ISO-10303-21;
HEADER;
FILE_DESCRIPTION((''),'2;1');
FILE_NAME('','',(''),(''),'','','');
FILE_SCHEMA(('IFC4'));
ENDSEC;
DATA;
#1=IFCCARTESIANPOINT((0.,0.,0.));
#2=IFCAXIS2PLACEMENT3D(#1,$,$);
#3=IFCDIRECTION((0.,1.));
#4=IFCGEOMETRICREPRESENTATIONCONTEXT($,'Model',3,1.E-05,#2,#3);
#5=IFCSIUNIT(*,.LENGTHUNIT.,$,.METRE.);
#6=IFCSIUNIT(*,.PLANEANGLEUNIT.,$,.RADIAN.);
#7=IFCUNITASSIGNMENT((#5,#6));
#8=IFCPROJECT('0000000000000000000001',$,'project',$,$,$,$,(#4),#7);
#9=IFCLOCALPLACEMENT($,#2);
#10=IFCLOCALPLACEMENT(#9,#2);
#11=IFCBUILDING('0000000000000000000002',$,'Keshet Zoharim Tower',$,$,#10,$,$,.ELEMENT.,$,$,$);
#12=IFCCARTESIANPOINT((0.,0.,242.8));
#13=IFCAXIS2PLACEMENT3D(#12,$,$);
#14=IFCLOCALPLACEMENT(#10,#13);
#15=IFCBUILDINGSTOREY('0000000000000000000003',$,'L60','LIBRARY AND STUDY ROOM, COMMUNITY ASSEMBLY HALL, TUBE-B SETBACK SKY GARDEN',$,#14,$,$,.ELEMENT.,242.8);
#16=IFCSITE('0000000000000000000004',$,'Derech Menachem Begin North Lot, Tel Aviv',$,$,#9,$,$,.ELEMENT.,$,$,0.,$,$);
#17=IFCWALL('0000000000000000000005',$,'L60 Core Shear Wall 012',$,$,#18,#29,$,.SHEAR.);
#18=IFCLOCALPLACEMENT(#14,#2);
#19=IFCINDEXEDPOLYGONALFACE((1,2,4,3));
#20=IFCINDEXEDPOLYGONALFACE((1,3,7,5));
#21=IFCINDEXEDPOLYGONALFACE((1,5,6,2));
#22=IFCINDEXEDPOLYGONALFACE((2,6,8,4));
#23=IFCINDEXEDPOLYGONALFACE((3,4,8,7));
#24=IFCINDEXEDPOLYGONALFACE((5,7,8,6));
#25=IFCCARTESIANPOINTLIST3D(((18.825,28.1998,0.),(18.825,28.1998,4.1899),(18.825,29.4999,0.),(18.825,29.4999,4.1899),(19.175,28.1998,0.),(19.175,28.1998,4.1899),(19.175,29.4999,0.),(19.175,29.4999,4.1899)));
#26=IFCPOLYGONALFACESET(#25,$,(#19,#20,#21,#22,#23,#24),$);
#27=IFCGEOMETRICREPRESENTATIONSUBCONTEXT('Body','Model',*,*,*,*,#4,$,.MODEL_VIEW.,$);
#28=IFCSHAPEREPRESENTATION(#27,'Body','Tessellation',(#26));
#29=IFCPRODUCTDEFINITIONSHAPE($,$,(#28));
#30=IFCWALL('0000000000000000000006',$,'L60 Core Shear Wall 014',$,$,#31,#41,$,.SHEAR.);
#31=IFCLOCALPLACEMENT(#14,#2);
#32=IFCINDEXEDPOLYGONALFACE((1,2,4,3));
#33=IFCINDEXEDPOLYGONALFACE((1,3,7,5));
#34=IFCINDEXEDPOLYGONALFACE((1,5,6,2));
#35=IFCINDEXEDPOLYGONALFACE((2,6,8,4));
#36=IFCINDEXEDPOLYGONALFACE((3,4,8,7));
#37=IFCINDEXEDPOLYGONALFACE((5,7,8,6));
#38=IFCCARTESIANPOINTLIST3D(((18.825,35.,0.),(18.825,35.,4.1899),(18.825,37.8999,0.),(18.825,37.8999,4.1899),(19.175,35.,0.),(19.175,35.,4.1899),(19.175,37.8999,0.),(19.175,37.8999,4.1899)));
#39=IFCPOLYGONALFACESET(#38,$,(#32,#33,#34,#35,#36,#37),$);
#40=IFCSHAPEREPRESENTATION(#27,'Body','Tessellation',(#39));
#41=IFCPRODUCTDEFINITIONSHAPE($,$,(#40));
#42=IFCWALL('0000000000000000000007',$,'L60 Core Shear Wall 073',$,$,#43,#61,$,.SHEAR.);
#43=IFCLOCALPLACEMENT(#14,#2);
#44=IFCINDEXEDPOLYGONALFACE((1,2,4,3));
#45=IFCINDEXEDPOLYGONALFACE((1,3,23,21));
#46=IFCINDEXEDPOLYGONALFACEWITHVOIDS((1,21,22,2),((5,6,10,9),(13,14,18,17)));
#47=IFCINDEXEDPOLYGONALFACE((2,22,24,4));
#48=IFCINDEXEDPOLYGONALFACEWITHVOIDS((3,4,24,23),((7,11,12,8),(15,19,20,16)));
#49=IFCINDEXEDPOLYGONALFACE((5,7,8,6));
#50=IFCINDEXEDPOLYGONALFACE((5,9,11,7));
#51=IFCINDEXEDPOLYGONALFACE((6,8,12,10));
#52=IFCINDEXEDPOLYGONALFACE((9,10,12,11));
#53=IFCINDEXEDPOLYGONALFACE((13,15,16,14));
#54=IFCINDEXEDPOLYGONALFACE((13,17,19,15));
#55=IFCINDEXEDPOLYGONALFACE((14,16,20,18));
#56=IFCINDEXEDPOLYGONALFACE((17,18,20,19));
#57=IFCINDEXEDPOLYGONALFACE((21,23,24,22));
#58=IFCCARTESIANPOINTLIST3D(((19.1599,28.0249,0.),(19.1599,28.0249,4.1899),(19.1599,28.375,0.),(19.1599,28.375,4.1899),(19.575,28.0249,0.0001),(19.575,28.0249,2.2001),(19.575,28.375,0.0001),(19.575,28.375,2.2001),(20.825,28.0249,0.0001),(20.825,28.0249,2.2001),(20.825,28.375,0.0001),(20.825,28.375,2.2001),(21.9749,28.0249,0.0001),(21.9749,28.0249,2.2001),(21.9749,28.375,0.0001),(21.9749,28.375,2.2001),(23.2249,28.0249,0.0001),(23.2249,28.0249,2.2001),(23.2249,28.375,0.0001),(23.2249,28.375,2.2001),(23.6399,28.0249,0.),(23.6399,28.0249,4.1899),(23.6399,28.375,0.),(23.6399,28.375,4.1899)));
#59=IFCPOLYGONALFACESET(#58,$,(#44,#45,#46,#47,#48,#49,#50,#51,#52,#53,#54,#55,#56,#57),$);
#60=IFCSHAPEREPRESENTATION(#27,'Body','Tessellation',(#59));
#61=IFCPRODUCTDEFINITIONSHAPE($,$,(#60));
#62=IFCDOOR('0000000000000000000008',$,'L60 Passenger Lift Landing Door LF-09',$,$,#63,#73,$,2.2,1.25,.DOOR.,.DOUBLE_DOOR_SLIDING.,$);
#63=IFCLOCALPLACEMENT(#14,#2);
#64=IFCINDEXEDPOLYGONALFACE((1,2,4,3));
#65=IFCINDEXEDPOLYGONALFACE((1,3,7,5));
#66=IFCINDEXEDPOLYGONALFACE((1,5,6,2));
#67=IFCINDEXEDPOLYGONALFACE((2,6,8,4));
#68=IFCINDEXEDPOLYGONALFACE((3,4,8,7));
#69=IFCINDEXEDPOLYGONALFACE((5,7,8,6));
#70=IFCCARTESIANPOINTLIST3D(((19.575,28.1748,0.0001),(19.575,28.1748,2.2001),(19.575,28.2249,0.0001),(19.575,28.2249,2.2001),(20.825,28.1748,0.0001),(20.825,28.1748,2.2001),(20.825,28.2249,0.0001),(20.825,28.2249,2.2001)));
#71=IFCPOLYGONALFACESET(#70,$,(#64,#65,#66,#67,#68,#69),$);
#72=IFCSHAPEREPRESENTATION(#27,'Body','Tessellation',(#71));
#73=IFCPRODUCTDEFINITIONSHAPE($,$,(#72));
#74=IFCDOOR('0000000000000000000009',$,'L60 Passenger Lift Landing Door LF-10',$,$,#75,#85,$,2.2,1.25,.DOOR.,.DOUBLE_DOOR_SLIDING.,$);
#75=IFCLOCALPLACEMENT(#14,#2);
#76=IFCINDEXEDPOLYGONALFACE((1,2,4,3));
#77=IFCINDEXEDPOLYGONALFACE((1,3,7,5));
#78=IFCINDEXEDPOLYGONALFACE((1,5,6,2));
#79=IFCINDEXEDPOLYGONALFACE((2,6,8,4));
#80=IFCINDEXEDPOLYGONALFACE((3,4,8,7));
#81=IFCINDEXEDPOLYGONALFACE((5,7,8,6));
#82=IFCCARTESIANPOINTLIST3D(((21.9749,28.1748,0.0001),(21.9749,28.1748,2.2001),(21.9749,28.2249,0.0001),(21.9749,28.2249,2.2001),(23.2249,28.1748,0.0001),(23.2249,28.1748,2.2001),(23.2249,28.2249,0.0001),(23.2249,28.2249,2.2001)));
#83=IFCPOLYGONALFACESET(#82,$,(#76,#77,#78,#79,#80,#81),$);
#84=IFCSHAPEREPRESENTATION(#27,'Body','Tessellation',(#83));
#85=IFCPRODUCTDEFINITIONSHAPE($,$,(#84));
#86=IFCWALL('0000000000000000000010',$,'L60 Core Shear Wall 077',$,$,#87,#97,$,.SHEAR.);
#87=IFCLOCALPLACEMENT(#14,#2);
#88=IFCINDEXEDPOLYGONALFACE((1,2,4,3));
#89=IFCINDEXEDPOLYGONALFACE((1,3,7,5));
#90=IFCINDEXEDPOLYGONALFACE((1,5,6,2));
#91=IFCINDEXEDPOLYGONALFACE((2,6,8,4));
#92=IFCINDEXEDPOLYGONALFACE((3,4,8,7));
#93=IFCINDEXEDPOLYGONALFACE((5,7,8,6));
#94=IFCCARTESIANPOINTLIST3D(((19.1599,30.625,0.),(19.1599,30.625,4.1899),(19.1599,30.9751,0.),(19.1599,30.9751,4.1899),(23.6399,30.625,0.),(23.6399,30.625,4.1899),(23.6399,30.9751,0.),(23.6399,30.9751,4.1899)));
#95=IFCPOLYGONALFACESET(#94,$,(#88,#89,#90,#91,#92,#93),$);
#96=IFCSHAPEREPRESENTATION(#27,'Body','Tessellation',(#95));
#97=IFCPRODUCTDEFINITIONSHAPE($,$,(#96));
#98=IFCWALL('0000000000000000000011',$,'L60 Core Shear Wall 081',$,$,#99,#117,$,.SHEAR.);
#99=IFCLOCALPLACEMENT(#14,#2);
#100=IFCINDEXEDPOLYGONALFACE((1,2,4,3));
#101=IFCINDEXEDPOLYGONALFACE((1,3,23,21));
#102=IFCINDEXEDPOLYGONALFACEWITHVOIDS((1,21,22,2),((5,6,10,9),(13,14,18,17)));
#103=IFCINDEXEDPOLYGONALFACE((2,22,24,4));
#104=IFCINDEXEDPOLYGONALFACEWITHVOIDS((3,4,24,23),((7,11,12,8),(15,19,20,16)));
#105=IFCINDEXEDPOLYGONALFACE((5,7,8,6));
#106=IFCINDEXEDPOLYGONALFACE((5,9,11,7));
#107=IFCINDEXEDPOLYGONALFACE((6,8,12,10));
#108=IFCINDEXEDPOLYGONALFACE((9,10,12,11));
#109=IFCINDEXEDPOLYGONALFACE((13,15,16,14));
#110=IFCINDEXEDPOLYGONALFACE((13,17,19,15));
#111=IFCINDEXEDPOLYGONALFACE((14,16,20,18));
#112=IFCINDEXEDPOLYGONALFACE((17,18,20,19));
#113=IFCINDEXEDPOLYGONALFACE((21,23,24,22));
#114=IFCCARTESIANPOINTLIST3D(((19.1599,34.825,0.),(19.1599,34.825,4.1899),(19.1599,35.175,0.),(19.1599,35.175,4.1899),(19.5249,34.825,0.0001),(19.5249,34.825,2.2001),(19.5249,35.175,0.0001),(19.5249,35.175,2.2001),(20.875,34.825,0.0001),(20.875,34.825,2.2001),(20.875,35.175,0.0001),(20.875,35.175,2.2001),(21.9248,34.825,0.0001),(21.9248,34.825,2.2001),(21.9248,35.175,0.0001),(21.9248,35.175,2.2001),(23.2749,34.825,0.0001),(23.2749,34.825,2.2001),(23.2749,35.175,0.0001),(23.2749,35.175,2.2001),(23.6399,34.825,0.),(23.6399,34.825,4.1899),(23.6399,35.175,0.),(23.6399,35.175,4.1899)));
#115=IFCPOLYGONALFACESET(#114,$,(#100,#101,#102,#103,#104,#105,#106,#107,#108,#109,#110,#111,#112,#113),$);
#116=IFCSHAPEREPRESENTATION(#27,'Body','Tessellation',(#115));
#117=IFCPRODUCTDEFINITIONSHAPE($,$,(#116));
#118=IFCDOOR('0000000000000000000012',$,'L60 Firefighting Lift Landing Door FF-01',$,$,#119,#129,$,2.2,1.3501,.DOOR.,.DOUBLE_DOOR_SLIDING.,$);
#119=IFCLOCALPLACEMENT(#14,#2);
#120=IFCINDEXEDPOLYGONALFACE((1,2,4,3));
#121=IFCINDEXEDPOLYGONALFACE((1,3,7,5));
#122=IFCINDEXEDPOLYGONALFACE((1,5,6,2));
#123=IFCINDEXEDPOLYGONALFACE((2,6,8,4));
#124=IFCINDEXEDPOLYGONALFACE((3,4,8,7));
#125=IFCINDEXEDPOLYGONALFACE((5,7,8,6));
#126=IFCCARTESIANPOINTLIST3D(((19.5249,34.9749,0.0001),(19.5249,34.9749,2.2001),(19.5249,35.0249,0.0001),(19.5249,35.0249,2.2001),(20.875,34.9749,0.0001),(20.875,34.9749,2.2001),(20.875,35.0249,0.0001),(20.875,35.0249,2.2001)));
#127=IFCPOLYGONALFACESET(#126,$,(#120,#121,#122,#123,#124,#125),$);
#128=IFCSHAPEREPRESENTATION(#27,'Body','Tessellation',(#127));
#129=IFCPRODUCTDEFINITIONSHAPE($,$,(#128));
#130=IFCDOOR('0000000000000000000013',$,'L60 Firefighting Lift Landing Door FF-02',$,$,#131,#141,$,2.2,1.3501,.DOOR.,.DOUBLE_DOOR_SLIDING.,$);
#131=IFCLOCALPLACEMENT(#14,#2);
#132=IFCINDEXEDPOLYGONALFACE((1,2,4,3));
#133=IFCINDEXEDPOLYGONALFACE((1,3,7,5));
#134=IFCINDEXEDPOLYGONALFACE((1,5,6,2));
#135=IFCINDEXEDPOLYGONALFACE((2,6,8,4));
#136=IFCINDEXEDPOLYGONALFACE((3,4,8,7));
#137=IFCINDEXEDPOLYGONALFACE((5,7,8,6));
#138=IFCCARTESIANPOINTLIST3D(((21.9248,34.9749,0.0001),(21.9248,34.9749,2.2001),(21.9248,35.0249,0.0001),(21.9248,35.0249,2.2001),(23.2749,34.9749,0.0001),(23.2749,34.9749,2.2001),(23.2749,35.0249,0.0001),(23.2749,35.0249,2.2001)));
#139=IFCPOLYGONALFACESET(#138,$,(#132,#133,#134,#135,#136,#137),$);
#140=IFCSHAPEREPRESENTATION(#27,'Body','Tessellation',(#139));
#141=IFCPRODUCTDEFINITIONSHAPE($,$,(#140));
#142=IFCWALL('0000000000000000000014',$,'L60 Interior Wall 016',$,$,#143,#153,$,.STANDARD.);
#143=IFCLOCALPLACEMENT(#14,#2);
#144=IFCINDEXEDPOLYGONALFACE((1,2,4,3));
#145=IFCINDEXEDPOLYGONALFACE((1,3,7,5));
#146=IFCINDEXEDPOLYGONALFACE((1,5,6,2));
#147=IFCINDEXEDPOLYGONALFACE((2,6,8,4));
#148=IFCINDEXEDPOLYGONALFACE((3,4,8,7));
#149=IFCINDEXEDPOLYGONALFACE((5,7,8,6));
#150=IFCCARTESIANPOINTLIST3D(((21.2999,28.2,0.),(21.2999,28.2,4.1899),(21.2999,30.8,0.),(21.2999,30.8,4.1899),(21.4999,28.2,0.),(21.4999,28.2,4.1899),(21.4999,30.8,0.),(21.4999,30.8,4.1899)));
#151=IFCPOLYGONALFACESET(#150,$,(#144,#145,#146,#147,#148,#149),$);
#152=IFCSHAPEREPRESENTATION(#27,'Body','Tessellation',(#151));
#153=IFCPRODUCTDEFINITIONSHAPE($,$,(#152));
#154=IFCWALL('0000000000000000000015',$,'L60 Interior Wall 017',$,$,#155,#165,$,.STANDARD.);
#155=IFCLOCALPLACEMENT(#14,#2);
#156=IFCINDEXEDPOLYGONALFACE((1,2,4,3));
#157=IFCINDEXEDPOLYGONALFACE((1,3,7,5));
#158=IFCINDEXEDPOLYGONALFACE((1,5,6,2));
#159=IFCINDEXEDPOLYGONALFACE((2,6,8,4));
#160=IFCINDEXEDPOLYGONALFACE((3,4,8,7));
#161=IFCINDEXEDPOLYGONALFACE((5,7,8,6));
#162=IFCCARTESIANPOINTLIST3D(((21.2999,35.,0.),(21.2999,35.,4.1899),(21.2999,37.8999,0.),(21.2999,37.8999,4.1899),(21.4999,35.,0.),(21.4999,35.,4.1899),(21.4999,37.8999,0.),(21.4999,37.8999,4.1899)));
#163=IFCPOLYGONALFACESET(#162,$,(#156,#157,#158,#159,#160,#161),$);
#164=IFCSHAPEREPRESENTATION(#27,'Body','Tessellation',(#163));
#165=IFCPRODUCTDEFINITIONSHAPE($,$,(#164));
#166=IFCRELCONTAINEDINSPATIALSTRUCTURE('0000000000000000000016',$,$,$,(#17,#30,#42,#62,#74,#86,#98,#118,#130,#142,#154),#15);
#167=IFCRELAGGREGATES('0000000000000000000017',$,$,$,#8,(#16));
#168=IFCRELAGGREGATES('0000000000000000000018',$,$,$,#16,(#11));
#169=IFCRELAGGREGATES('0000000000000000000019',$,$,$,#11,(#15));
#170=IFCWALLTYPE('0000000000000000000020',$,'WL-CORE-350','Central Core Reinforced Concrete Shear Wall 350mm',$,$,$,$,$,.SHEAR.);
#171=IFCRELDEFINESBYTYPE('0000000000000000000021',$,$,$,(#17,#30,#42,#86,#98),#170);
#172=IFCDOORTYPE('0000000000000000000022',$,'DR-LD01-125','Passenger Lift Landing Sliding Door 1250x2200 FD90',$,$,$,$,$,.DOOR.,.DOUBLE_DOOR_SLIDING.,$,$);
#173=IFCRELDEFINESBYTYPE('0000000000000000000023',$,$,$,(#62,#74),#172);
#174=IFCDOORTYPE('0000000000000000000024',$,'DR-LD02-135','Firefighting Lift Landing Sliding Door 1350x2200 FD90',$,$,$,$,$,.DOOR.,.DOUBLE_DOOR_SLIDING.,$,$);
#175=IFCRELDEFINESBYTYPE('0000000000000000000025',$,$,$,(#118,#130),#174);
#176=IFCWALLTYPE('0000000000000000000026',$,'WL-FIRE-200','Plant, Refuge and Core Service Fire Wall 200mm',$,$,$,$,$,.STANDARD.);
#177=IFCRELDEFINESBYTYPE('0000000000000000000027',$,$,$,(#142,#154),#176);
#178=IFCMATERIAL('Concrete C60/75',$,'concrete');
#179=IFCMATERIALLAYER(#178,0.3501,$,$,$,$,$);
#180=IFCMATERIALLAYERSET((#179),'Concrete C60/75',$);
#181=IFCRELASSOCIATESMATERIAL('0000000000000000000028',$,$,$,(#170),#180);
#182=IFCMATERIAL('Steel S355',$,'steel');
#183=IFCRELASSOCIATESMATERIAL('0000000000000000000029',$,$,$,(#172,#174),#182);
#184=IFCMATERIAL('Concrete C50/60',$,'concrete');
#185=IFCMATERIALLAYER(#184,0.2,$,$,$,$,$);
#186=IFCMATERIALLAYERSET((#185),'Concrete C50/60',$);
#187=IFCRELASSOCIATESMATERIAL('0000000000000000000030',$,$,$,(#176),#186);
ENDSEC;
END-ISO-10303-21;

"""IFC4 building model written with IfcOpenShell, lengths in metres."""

from ifc_helpers import new_model, si_unit, direction, frame, frame_2d, origin, place, context, subcontext, project, spatial, rectangle, extrude, material, layer, layer_set, type_object, element, fill, save


model = new_model("IFC4")

# Units and contexts
model_context = context("Model", 3, precision=1e-05, world=origin(), true_north=direction((0.0, 1.0)))
body_context = subcontext(model_context, "Body", "Model", "MODEL_VIEW")
ifc_project = project(units=[si_unit("LENGTHUNIT", "METRE"), si_unit("PLANEANGLEUNIT", "RADIAN")], contexts=[model_context])

# Site, building, storey
site_placement = place(None, origin())
site = spatial("IfcSite", under=ifc_project, at=site_placement, Name="Derech Menachem Begin North Lot, Tel Aviv", CompositionType="ELEMENT", RefElevation=0.0)
building_placement = place(site_placement, origin())
building = spatial("IfcBuilding", under=site, at=building_placement, Name="Keshet Zoharim Tower", CompositionType="ELEMENT")
storey_placement = place(building_placement, frame((0.0, 0.0, 242.8)))
storey = spatial("IfcBuildingStorey", under=building, at=storey_placement, Name="L60", Description="LIBRARY AND STUDY ROOM, COMMUNITY ASSEMBLY HALL, TUBE-B SETBACK SKY GARDEN", CompositionType="ELEMENT", Elevation=242.8)

# Wall
ifc_material_1 = material(Name="Concrete C60/75", Category="concrete")
ifc_layer_1 = layer(ifc_material_1, 0.3501)
ifc_layer_set_1 = layer_set([ifc_layer_1], Name="Concrete C60/75")
wall_type_1 = type_object("IfcWallType", Name="WL-CORE-350", Description="Central Core Reinforced Concrete Shear Wall 350mm", PredefinedType="SHEAR", material=ifc_layer_set_1)
wall_1_placement = place(storey_placement, frame((19.0, 28.2, 0.0), z_axis=(0.0, 0.0, 1.0), x_axis=(0.0, 1.0, 0.0)))
element("IfcWall", 1, at=wall_1_placement, inside=storey, type_object=wall_type_1, Name="L60 Core Shear Wall 012", PredefinedType="SHEAR", context=body_context, shape_type="SweptSolid", body=[
    extrude(rectangle(XDim=1.3, YDim=0.3501, at=frame_2d((0.6499, 0.0))), origin(), (0.0, 0.0, 1.0), 4.1899),
])

# Wall
wall_2_placement = place(storey_placement, frame((19.0, 35.0, 0.0), z_axis=(0.0, 0.0, 1.0), x_axis=(0.0, 1.0, 0.0)))
element("IfcWall", 2, at=wall_2_placement, inside=storey, type_object=wall_type_1, Name="L60 Core Shear Wall 014", PredefinedType="SHEAR", context=body_context, shape_type="SweptSolid", body=[
    extrude(rectangle(XDim=2.8999, YDim=0.3501, at=frame_2d((1.45, 0.0))), origin(), (0.0, 0.0, 1.0), 4.1899),
])

# Wall, openings, doors
wall_3_placement = place(storey_placement, frame((19.1599, 28.2, 0.0), z_axis=(0.0, 0.0, 1.0), x_axis=(1.0, 0.0, 0.0)))
wall_3 = element("IfcWall", 3, at=wall_3_placement, inside=storey, type_object=wall_type_1, Name="L60 Core Shear Wall 073", PredefinedType="SHEAR", context=body_context, shape_type="SweptSolid", body=[
    extrude(rectangle(XDim=4.48, YDim=0.3501, at=frame_2d((2.24, 0.0))), origin(), (0.0, 0.0, 1.0), 4.1899),
])
opening_1_placement = place(wall_3_placement, frame((0.415, 0.0, 0.0)))
opening_1 = element("IfcOpeningElement", 4, at=opening_1_placement, cuts=wall_3, PredefinedType="OPENING", context=body_context, shape_type="SweptSolid", body=[
    extrude(rectangle(XDim=1.25, YDim=2.2, at=frame_2d((0.625, 1.1001))), frame((0.0, 0.1851, 0.0), z_axis=(0.0, -1.0, 0.0), x_axis=(1.0, 0.0, 0.0)), (0.0, 0.0, 1.0), 0.3701),
])
opening_2_placement = place(wall_3_placement, frame((2.8149, 0.0, 0.0)))
opening_2 = element("IfcOpeningElement", 5, at=opening_2_placement, cuts=wall_3, PredefinedType="OPENING", context=body_context, shape_type="SweptSolid", body=[
    extrude(rectangle(XDim=1.25, YDim=2.2, at=frame_2d((0.625, 1.1001))), frame((0.0, 0.1851, 0.0), z_axis=(0.0, -1.0, 0.0), x_axis=(1.0, 0.0, 0.0)), (0.0, 0.0, 1.0), 0.3701),
])
ifc_material_2 = material(Name="Steel S355", Category="steel")
door_type_1 = type_object("IfcDoorType", Name="DR-LD01-125", Description="Passenger Lift Landing Sliding Door 1250x2200 FD90", OperationType="DOUBLE_DOOR_SLIDING", PredefinedType="DOOR", material=ifc_material_2)
door_1_placement = place(opening_1_placement, origin())
door_1 = element("IfcDoor", 6, at=door_1_placement, inside=storey, type_object=door_type_1, Name="L60 Passenger Lift Landing Door LF-09", OperationType="DOUBLE_DOOR_SLIDING", OverallHeight=2.2, OverallWidth=1.25, PredefinedType="DOOR", context=body_context, shape_type="SweptSolid", body=[
    extrude(rectangle(XDim=1.25, YDim=2.2, at=frame_2d((0.625, 1.1001))), frame((0.0, 0.0249, 0.0), z_axis=(0.0, -1.0, 0.0), x_axis=(1.0, 0.0, 0.0)), (0.0, 0.0, 1.0), 0.05),
])
fill(opening_1, door_1)
door_2_placement = place(opening_2_placement, origin())
door_2 = element("IfcDoor", 7, at=door_2_placement, inside=storey, type_object=door_type_1, Name="L60 Passenger Lift Landing Door LF-10", OperationType="DOUBLE_DOOR_SLIDING", OverallHeight=2.2, OverallWidth=1.25, PredefinedType="DOOR", context=body_context, shape_type="SweptSolid", body=[
    extrude(rectangle(XDim=1.25, YDim=2.2, at=frame_2d((0.625, 1.1001))), frame((0.0, 0.0249, 0.0), z_axis=(0.0, -1.0, 0.0), x_axis=(1.0, 0.0, 0.0)), (0.0, 0.0, 1.0), 0.05),
])
fill(opening_2, door_2)

# Wall
wall_4_placement = place(storey_placement, frame((19.1599, 30.8, 0.0), z_axis=(0.0, 0.0, 1.0), x_axis=(1.0, 0.0, 0.0)))
element("IfcWall", 8, at=wall_4_placement, inside=storey, type_object=wall_type_1, Name="L60 Core Shear Wall 077", PredefinedType="SHEAR", context=body_context, shape_type="SweptSolid", body=[
    extrude(rectangle(XDim=4.48, YDim=0.3501, at=frame_2d((2.24, 0.0))), origin(), (0.0, 0.0, 1.0), 4.1899),
])

# Wall, openings, doors
wall_5_placement = place(storey_placement, frame((19.1599, 35.0, 0.0), z_axis=(0.0, 0.0, 1.0), x_axis=(1.0, 0.0, 0.0)))
wall_5 = element("IfcWall", 9, at=wall_5_placement, inside=storey, type_object=wall_type_1, Name="L60 Core Shear Wall 081", PredefinedType="SHEAR", context=body_context, shape_type="SweptSolid", body=[
    extrude(rectangle(XDim=4.48, YDim=0.3501, at=frame_2d((2.24, 0.0))), origin(), (0.0, 0.0, 1.0), 4.1899),
])
opening_3_placement = place(wall_5_placement, frame((0.365, 0.0, 0.0)))
opening_3 = element("IfcOpeningElement", 10, at=opening_3_placement, cuts=wall_5, PredefinedType="OPENING", context=body_context, shape_type="SweptSolid", body=[
    extrude(rectangle(XDim=1.3501, YDim=2.2, at=frame_2d((0.675, 1.1001))), frame((0.0, 0.1851, 0.0), z_axis=(0.0, -1.0, 0.0), x_axis=(1.0, 0.0, 0.0)), (0.0, 0.0, 1.0), 0.3701),
])
opening_4_placement = place(wall_5_placement, frame((2.7649, 0.0, 0.0)))
opening_4 = element("IfcOpeningElement", 11, at=opening_4_placement, cuts=wall_5, PredefinedType="OPENING", context=body_context, shape_type="SweptSolid", body=[
    extrude(rectangle(XDim=1.3501, YDim=2.2, at=frame_2d((0.675, 1.1001))), frame((0.0, 0.1851, 0.0), z_axis=(0.0, -1.0, 0.0), x_axis=(1.0, 0.0, 0.0)), (0.0, 0.0, 1.0), 0.3701),
])
door_type_2 = type_object("IfcDoorType", Name="DR-LD02-135", Description="Firefighting Lift Landing Sliding Door 1350x2200 FD90", OperationType="DOUBLE_DOOR_SLIDING", PredefinedType="DOOR", material=ifc_material_2)
door_3_placement = place(opening_3_placement, origin())
door_3 = element("IfcDoor", 12, at=door_3_placement, inside=storey, type_object=door_type_2, Name="L60 Firefighting Lift Landing Door FF-01", OperationType="DOUBLE_DOOR_SLIDING", OverallHeight=2.2, OverallWidth=1.3501, PredefinedType="DOOR", context=body_context, shape_type="SweptSolid", body=[
    extrude(rectangle(XDim=1.3501, YDim=2.2, at=frame_2d((0.675, 1.1001))), frame((0.0, 0.0249, 0.0), z_axis=(0.0, -1.0, 0.0), x_axis=(1.0, 0.0, 0.0)), (0.0, 0.0, 1.0), 0.05),
])
fill(opening_3, door_3)
door_4_placement = place(opening_4_placement, origin())
door_4 = element("IfcDoor", 13, at=door_4_placement, inside=storey, type_object=door_type_2, Name="L60 Firefighting Lift Landing Door FF-02", OperationType="DOUBLE_DOOR_SLIDING", OverallHeight=2.2, OverallWidth=1.3501, PredefinedType="DOOR", context=body_context, shape_type="SweptSolid", body=[
    extrude(rectangle(XDim=1.3501, YDim=2.2, at=frame_2d((0.675, 1.1001))), frame((0.0, 0.0249, 0.0), z_axis=(0.0, -1.0, 0.0), x_axis=(1.0, 0.0, 0.0)), (0.0, 0.0, 1.0), 0.05),
])
fill(opening_4, door_4)

# Walls
ifc_material_3 = material(Name="Concrete C50/60", Category="concrete")
ifc_layer_2 = layer(ifc_material_3, 0.2)
ifc_layer_set_2 = layer_set([ifc_layer_2], Name="Concrete C50/60")
wall_type_2 = type_object("IfcWallType", Name="WL-FIRE-200", Description="Plant, Refuge and Core Service Fire Wall 200mm", PredefinedType="STANDARD", material=ifc_layer_set_2)
wall_6_placement = place(storey_placement, frame((21.3999, 28.2, 0.0), z_axis=(0.0, 0.0, 1.0), x_axis=(0.0, 1.0, 0.0)))
element("IfcWall", 14, at=wall_6_placement, inside=storey, type_object=wall_type_2, Name="L60 Interior Wall 016", PredefinedType="STANDARD", context=body_context, shape_type="SweptSolid", body=[
    extrude(rectangle(XDim=2.6001, YDim=0.2, at=frame_2d((1.3, 0.0))), origin(), (0.0, 0.0, 1.0), 4.1899),
])
wall_7_placement = place(storey_placement, frame((21.3999, 35.0, 0.0), z_axis=(0.0, 0.0, 1.0), x_axis=(0.0, 1.0, 0.0)))
element("IfcWall", 15, at=wall_7_placement, inside=storey, type_object=wall_type_2, Name="L60 Interior Wall 017", PredefinedType="STANDARD", context=body_context, shape_type="SweptSolid", body=[
    extrude(rectangle(XDim=2.8999, YDim=0.2, at=frame_2d((1.45, 0.0))), origin(), (0.0, 0.0, 1.0), 4.1899),
])

save(model, "model.ifc")
